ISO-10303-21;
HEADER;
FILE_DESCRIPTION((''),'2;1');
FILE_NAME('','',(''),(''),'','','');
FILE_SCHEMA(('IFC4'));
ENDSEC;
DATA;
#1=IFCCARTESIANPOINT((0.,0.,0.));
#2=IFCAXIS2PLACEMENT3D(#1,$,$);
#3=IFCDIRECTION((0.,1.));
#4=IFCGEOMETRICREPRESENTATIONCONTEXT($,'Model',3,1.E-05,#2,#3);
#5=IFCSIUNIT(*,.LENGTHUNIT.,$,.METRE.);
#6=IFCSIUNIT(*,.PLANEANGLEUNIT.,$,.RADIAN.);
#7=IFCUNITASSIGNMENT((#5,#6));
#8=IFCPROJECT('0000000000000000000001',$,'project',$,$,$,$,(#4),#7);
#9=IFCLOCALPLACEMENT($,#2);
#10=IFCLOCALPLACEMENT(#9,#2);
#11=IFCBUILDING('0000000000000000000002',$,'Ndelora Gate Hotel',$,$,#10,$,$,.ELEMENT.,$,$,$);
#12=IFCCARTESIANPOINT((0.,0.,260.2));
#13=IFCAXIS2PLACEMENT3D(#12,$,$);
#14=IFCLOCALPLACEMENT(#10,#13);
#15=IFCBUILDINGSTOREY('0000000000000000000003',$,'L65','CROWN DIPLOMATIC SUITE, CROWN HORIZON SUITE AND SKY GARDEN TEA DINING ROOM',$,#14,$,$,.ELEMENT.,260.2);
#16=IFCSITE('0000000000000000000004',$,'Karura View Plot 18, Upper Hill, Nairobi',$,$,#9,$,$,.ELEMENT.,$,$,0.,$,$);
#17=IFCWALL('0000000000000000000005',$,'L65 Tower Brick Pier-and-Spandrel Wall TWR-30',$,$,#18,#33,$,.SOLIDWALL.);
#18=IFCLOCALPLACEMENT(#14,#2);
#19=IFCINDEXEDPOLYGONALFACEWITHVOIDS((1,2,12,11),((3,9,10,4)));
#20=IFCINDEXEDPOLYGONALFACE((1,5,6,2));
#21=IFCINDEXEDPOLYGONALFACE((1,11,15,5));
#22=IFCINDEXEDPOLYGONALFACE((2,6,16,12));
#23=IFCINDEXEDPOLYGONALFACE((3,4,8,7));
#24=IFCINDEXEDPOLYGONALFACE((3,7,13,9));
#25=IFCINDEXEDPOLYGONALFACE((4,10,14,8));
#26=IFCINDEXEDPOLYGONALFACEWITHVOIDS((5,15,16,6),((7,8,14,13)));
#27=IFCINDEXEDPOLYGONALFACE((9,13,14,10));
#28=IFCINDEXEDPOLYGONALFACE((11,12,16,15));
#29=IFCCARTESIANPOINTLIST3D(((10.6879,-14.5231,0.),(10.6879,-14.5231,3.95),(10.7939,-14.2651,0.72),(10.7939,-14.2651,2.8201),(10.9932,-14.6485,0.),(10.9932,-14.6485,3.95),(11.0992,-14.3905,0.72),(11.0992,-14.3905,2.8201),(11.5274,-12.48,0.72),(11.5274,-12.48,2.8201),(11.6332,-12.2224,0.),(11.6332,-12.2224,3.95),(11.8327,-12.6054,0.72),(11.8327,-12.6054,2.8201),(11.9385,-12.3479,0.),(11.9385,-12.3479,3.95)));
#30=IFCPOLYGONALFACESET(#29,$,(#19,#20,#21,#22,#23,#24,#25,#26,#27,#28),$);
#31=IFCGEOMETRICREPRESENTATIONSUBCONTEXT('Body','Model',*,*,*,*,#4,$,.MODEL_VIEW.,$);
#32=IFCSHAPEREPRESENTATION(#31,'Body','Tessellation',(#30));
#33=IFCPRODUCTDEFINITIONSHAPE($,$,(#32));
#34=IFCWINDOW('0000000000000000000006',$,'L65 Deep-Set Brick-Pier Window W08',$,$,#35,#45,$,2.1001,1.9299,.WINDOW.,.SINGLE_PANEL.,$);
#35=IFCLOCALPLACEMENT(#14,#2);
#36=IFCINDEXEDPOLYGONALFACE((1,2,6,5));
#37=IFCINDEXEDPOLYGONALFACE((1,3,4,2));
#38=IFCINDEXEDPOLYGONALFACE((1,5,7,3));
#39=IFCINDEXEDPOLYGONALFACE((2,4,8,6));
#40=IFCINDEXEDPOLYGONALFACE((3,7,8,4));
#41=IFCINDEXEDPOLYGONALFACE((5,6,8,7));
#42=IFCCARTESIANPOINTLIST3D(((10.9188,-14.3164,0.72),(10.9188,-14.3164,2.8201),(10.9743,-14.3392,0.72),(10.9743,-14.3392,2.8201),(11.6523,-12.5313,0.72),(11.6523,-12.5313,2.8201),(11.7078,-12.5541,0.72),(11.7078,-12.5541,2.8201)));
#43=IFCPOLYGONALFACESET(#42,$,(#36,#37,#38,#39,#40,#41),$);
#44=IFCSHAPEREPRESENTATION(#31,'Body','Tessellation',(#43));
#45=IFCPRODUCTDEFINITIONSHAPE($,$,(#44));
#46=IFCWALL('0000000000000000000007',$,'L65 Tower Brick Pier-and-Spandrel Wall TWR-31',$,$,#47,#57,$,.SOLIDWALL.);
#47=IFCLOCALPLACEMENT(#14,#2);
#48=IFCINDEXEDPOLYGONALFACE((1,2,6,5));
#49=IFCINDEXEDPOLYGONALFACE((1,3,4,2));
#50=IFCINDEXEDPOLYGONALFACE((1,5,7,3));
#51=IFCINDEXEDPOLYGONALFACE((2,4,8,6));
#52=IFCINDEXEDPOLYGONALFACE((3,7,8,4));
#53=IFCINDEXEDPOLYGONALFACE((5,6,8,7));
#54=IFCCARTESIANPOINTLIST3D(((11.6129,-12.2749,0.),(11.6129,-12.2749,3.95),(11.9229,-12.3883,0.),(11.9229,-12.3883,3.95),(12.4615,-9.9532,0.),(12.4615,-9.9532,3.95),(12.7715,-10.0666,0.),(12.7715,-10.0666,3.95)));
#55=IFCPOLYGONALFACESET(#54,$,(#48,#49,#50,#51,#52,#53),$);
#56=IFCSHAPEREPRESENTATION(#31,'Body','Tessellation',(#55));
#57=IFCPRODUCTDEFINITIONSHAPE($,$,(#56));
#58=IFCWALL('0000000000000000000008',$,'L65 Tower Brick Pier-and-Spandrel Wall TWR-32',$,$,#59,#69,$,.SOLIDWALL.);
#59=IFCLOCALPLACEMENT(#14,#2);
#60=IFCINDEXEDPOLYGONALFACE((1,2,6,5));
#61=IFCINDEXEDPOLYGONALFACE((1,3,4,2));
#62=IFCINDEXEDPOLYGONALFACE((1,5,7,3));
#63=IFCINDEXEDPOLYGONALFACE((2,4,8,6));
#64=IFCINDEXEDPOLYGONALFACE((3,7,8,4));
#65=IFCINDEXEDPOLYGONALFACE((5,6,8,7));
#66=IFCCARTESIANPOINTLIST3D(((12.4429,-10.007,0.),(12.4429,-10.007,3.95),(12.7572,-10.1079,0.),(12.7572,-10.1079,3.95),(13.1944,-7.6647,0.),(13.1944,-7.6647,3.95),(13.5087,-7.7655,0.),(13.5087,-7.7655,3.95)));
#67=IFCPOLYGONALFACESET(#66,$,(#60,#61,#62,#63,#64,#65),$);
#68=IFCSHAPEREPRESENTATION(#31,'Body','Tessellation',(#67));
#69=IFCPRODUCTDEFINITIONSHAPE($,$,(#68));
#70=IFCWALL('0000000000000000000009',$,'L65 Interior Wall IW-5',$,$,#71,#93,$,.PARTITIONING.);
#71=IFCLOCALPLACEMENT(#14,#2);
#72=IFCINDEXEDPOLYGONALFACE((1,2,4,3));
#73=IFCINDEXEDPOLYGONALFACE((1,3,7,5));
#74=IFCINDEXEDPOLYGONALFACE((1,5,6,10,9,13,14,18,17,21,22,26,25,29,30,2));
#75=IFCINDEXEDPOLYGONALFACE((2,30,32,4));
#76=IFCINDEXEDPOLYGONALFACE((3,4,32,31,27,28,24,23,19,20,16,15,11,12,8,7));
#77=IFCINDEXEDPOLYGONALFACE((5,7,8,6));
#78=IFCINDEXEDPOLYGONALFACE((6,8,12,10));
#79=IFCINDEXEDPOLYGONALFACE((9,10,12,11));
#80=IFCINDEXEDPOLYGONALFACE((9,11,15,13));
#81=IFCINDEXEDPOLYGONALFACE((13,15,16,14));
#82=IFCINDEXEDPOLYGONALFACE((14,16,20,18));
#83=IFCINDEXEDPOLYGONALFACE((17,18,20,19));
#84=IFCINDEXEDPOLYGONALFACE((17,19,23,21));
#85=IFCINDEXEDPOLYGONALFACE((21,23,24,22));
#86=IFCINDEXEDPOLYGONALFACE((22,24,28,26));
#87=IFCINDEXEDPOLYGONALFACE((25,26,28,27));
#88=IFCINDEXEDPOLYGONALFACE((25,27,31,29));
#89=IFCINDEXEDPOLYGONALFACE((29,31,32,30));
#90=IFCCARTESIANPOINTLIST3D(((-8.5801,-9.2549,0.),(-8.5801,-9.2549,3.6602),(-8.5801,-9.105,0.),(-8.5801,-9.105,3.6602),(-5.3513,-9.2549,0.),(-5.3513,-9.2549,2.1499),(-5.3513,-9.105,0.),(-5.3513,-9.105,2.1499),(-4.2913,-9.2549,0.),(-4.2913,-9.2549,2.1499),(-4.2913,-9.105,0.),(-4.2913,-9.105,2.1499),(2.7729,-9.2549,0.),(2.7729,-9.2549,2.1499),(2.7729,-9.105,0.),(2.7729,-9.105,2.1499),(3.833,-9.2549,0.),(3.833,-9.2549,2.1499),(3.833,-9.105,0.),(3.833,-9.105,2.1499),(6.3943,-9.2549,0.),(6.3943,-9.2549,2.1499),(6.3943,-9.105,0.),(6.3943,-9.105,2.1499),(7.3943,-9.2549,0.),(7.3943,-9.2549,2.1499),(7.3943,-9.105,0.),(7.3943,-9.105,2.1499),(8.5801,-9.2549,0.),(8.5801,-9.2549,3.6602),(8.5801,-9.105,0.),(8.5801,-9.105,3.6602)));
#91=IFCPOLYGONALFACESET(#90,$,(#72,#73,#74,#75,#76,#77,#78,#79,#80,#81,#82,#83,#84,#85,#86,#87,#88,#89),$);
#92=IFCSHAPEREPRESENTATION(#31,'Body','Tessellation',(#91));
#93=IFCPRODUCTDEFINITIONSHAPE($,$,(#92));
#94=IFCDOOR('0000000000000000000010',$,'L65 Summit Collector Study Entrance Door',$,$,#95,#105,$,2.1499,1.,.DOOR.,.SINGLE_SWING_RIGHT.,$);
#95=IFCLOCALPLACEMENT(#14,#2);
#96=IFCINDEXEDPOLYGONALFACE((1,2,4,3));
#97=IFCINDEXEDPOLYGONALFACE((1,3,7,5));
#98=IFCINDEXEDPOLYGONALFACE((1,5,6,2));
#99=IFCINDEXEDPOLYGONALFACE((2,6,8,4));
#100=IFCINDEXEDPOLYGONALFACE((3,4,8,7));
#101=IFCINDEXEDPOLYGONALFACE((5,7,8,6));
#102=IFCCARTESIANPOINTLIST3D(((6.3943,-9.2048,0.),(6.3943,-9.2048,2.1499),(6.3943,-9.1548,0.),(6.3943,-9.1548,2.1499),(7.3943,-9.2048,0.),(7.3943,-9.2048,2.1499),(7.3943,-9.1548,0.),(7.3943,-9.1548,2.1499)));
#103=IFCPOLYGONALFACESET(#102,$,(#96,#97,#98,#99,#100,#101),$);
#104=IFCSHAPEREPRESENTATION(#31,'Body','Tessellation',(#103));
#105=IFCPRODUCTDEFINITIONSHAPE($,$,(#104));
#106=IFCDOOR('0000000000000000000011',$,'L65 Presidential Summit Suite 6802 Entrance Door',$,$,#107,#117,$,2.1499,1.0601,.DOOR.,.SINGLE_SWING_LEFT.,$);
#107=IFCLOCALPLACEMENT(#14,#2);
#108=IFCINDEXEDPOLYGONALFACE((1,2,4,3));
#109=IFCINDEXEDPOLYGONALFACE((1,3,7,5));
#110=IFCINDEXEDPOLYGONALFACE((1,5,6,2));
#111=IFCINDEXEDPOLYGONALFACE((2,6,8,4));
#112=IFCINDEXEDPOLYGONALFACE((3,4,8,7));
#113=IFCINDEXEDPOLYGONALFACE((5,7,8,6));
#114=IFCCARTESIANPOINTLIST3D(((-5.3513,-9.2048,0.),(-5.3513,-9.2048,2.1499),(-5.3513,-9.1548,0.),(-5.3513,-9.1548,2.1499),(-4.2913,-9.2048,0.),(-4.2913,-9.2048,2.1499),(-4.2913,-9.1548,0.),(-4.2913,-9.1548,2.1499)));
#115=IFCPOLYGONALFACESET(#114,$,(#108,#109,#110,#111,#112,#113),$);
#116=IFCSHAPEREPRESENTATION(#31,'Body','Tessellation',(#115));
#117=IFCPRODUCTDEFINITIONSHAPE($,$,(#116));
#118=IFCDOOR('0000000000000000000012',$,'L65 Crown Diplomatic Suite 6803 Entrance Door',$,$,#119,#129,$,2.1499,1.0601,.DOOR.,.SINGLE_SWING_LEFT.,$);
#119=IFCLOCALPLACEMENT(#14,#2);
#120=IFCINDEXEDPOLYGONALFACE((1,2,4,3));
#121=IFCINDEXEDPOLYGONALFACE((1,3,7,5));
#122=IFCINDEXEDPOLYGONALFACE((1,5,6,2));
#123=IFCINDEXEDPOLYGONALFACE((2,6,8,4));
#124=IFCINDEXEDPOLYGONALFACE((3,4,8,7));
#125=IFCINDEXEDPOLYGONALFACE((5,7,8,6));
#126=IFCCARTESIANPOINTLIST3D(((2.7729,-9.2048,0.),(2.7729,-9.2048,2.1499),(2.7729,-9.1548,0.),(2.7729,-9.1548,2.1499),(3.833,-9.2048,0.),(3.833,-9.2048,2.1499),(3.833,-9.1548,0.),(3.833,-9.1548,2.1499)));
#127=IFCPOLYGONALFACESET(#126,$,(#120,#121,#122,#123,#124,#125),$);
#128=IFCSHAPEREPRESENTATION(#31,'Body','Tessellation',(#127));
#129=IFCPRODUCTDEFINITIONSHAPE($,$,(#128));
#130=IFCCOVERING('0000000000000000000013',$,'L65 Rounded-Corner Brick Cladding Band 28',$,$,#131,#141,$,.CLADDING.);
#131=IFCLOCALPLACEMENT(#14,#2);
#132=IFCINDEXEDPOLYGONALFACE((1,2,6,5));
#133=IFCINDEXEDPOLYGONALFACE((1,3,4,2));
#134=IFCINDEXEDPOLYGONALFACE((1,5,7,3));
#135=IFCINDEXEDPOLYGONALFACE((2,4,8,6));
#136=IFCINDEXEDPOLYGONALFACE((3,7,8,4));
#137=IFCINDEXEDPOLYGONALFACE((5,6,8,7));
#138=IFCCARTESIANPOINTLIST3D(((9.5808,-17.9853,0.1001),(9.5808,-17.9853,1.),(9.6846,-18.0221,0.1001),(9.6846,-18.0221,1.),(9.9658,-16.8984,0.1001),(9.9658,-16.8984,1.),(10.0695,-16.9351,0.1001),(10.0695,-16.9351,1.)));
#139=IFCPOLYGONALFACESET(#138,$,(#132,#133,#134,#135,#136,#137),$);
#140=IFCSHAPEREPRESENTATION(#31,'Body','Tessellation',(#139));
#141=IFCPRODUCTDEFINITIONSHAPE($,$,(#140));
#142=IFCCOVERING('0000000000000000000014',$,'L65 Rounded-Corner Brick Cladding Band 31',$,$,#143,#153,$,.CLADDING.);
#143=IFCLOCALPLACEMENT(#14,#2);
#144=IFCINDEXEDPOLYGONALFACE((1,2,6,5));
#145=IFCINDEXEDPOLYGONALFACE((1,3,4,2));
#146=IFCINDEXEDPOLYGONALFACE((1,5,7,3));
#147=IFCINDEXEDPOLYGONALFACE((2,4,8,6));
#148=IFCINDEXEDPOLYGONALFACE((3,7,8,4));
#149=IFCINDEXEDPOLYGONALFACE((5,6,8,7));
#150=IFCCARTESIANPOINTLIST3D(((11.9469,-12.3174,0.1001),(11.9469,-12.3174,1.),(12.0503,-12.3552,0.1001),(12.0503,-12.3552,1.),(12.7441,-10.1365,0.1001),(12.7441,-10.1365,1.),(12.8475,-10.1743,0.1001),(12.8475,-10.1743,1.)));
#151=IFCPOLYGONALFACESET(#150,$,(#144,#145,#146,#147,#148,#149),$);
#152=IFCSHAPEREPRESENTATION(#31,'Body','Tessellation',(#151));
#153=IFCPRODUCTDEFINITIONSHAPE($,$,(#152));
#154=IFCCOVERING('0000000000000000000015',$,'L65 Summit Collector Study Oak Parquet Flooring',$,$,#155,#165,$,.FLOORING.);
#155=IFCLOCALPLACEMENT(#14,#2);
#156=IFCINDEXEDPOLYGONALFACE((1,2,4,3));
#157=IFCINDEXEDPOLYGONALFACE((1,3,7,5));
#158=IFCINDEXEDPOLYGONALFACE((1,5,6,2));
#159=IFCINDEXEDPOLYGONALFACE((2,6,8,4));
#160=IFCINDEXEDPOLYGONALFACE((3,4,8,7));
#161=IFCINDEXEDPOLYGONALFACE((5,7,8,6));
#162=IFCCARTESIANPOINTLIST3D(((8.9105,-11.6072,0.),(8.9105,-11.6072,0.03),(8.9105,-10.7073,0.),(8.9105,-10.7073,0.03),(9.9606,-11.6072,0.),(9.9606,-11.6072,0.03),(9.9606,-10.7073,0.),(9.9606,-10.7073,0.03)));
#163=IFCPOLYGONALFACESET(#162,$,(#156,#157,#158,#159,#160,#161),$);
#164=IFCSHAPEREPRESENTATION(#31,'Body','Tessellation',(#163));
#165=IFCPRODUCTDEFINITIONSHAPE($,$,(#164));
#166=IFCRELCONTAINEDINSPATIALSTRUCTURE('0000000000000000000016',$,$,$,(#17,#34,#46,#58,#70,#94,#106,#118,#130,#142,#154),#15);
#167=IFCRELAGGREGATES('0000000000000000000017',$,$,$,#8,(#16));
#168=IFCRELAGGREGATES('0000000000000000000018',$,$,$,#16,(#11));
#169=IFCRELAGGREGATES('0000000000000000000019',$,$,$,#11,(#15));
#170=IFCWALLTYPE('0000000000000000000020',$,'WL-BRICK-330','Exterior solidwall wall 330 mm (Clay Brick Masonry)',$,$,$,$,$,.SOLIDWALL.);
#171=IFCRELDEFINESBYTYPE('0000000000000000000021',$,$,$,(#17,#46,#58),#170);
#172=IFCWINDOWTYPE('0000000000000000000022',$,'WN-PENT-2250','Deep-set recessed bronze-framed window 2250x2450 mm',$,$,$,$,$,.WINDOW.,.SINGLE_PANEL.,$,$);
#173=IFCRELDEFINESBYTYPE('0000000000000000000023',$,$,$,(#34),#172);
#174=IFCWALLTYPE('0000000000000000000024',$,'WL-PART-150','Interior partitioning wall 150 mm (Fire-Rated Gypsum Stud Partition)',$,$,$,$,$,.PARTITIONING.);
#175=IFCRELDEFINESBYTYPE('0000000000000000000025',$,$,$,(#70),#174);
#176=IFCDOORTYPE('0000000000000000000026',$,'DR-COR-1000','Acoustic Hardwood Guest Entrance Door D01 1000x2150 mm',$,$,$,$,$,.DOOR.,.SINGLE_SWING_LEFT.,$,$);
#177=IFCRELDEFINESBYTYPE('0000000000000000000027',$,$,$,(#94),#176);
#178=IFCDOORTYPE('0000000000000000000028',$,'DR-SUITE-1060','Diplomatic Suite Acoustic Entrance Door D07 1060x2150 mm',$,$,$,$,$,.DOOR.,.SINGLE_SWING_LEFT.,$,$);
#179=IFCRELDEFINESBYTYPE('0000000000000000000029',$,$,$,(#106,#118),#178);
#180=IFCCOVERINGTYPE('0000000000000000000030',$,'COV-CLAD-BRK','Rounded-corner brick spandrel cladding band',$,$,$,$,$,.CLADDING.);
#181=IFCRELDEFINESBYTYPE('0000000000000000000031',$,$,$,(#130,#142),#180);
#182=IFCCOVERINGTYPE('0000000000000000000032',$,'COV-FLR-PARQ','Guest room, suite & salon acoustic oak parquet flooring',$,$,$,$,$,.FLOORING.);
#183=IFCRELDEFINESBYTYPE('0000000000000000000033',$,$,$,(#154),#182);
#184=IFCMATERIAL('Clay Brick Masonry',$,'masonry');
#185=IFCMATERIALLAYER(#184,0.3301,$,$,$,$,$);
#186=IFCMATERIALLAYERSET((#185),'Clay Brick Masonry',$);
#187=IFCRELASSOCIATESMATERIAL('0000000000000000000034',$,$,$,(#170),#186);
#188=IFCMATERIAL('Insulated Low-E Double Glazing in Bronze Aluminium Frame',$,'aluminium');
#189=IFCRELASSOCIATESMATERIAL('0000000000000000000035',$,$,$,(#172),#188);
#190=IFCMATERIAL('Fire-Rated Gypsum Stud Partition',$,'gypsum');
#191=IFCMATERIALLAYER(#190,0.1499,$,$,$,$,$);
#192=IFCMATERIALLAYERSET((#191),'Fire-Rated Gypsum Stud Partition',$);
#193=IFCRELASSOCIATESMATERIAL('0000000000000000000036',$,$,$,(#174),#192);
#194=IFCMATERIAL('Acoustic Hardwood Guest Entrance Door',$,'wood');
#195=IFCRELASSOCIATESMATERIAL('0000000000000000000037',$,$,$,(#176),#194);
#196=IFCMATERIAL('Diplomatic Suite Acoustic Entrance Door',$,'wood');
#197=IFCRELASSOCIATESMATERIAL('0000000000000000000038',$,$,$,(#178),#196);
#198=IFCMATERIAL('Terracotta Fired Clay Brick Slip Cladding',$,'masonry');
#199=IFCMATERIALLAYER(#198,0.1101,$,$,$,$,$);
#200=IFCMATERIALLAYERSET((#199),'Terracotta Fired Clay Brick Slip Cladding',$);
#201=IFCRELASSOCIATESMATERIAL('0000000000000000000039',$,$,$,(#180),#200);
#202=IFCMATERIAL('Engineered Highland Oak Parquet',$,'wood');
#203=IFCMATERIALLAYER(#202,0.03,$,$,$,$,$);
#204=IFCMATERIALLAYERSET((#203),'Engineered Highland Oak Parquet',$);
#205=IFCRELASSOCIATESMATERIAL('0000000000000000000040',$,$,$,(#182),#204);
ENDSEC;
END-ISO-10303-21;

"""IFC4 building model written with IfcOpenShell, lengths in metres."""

from ifc_helpers import new_model, si_unit, direction, frame, frame_2d, origin, origin_2d, place, context, subcontext, project, spatial, rectangle, extrude, material, layer, layer_set, type_object, element, fill, save


model = new_model("IFC4")

# Units and contexts
model_context = context("Model", 3, precision=1e-05, world=origin(), true_north=direction((0.0, 1.0)))
body_context = subcontext(model_context, "Body", "Model", "MODEL_VIEW")
ifc_project = project(units=[si_unit("LENGTHUNIT", "METRE"), si_unit("PLANEANGLEUNIT", "RADIAN")], contexts=[model_context])

# Site, building, storey
site_placement = place(None, origin())
site = spatial("IfcSite", under=ifc_project, at=site_placement, Name="Karura View Plot 18, Upper Hill, Nairobi", CompositionType="ELEMENT", RefElevation=0.0)
building_placement = place(site_placement, origin())
building = spatial("IfcBuilding", under=site, at=building_placement, Name="Ndelora Gate Hotel", CompositionType="ELEMENT")
storey_placement = place(building_placement, frame((0.0, 0.0, 260.2)))
storey = spatial("IfcBuildingStorey", under=building, at=storey_placement, Name="L65", Description="CROWN DIPLOMATIC SUITE, CROWN HORIZON SUITE AND SKY GARDEN TEA DINING ROOM", CompositionType="ELEMENT", Elevation=260.2)

# Shared definitions
ifc_material_1 = material(Name="Clay Brick Masonry", Category="masonry")
ifc_layer_1 = layer(ifc_material_1, 0.3301)
ifc_layer_set_1 = layer_set([ifc_layer_1], Name="Clay Brick Masonry")
wall_type_1 = type_object("IfcWallType", Name="WL-BRICK-330", Description="Exterior solidwall wall 330 mm (Clay Brick Masonry)", PredefinedType="SOLIDWALL", material=ifc_layer_set_1)

# Wall, opening, window
wall_1_placement = place(storey_placement, frame((11.7859, -12.2852, 0.0), z_axis=(0.0, 0.0, 1.0), x_axis=(-0.380073, -0.924956, 0.0)))
wall_1 = element("IfcWall", 1, at=wall_1_placement, inside=storey, type_object=wall_type_1, Name="L65 Tower Brick Pier-and-Spandrel Wall TWR-30", PredefinedType="SOLIDWALL", context=body_context, shape_type="SweptSolid", body=[
    extrude(rectangle(XDim=2.4873, YDim=0.3301, at=frame_2d((1.2437, 0.0))), origin(), (0.0, 0.0, 1.0), 3.95),
])
opening_1_placement = place(wall_1_placement, frame((0.2786, 0.0, 0.72)))
opening_1 = element("IfcOpeningElement", 2, at=opening_1_placement, cuts=wall_1, PredefinedType="OPENING", context=body_context, shape_type="SweptSolid", body=[
    extrude(rectangle(XDim=1.9299, YDim=2.1001, at=frame_2d((0.9648, 1.05))), frame((0.0, 0.175, 0.0), z_axis=(0.0, -1.0, 0.0), x_axis=(1.0, 0.0, 0.0)), (0.0, 0.0, 1.0), 0.3501),
])
ifc_material_2 = material(Name="Insulated Low-E Double Glazing in Bronze Aluminium Frame", Category="aluminium")
window_type = type_object("IfcWindowType", Name="WN-PENT-2250", Description="Deep-set recessed bronze-framed window 2250x2450 mm", PartitioningType="SINGLE_PANEL", PredefinedType="WINDOW", material=ifc_material_2)
window_placement = place(opening_1_placement, origin())
window = element("IfcWindow", 3, at=window_placement, inside=storey, type_object=window_type, Name="L65 Deep-Set Brick-Pier Window W08", OverallHeight=2.1001, OverallWidth=1.9299, PartitioningType="SINGLE_PANEL", PredefinedType="WINDOW", context=body_context, shape_type="SweptSolid", body=[
    extrude(rectangle(XDim=1.9299, YDim=2.1001, at=frame_2d((0.9648, 1.05))), frame((0.0, 0.03, 0.0), z_axis=(0.0, -1.0, 0.0), x_axis=(1.0, 0.0, 0.0)), (0.0, 0.0, 1.0), 0.0601),
])
fill(opening_1, window)

# Walls
wall_2_placement = place(storey_placement, frame((12.6165, -10.01, 0.0), z_axis=(0.0, 0.0, 1.0), x_axis=(-0.343297, -0.939227, 0.0)))
element("IfcWall", 4, at=wall_2_placement, inside=storey, type_object=wall_type_1, Name="L65 Tower Brick Pier-and-Spandrel Wall TWR-31", PredefinedType="SOLIDWALL", context=body_context, shape_type="SweptSolid", body=[
    extrude(rectangle(XDim=2.4719, YDim=0.3301, at=frame_2d((1.2358, 0.0))), origin(), (0.0, 0.0, 1.0), 3.95),
])
wall_3_placement = place(storey_placement, frame((13.3516, -7.7151, 0.0), z_axis=(0.0, 0.0, 1.0), x_axis=(-0.305489, -0.952196, 0.0)))
element("IfcWall", 5, at=wall_3_placement, inside=storey, type_object=wall_type_1, Name="L65 Tower Brick Pier-and-Spandrel Wall TWR-32", PredefinedType="SOLIDWALL", context=body_context, shape_type="SweptSolid", body=[
    extrude(rectangle(XDim=2.46, YDim=0.3301, at=frame_2d((1.23, 0.0))), origin(), (0.0, 0.0, 1.0), 3.95),
])

# Wall, openings, doors
ifc_material_3 = material(Name="Fire-Rated Gypsum Stud Partition", Category="gypsum")
ifc_layer_2 = layer(ifc_material_3, 0.1499)
ifc_layer_set_2 = layer_set([ifc_layer_2], Name="Fire-Rated Gypsum Stud Partition")
wall_type_2 = type_object("IfcWallType", Name="WL-PART-150", Description="Interior partitioning wall 150 mm (Fire-Rated Gypsum Stud Partition)", PredefinedType="PARTITIONING", material=ifc_layer_set_2)
wall_4_placement = place(storey_placement, frame((8.5801, -9.1799, 0.0), z_axis=(0.0, 0.0, 1.0), x_axis=(-1.0, 0.0, 0.0)))
wall_4 = element("IfcWall", 6, at=wall_4_placement, inside=storey, type_object=wall_type_2, Name="L65 Interior Wall IW-5", PredefinedType="PARTITIONING", context=body_context, shape_type="SweptSolid", body=[
    extrude(rectangle(XDim=17.1602, YDim=0.1499, at=frame_2d((8.5801, 0.0))), origin(), (0.0, 0.0, 1.0), 3.6602),
])
opening_2_placement = place(wall_4_placement, frame((12.8713, 0.0, 0.0)))
opening_2 = element("IfcOpeningElement", 7, at=opening_2_placement, cuts=wall_4, PredefinedType="OPENING", context=body_context, shape_type="SweptSolid", body=[
    extrude(rectangle(XDim=1.0601, YDim=2.1499, at=frame_2d((0.53, 1.075))), frame((0.0, 0.085, 0.0), z_axis=(0.0, -1.0, 0.0), x_axis=(1.0, 0.0, 0.0)), (0.0, 0.0, 1.0), 0.1699),
])
opening_3_placement = place(wall_4_placement, frame((1.1858, 0.0, 0.0)))
opening_3 = element("IfcOpeningElement", 8, at=opening_3_placement, cuts=wall_4, PredefinedType="OPENING", context=body_context, shape_type="SweptSolid", body=[
    extrude(rectangle(XDim=1.0, YDim=2.1499, at=frame_2d((0.5, 1.075))), frame((0.0, 0.085, 0.0), z_axis=(0.0, -1.0, 0.0), x_axis=(1.0, 0.0, 0.0)), (0.0, 0.0, 1.0), 0.1699),
])
opening_4_placement = place(wall_4_placement, frame((4.7471, 0.0, 0.0)))
opening_4 = element("IfcOpeningElement", 9, at=opening_4_placement, cuts=wall_4, PredefinedType="OPENING", context=body_context, shape_type="SweptSolid", body=[
    extrude(rectangle(XDim=1.0601, YDim=2.1499, at=frame_2d((0.53, 1.075))), frame((0.0, 0.085, 0.0), z_axis=(0.0, -1.0, 0.0), x_axis=(1.0, 0.0, 0.0)), (0.0, 0.0, 1.0), 0.1699),
])
ifc_material_4 = material(Name="Acoustic Hardwood Guest Entrance Door", Category="wood")
door_type_1 = type_object("IfcDoorType", Name="DR-COR-1000", Description="Acoustic Hardwood Guest Entrance Door D01 1000x2150 mm", OperationType="SINGLE_SWING_LEFT", PredefinedType="DOOR", material=ifc_material_4)
door_1_placement = place(opening_3_placement, origin())
door_1 = element("IfcDoor", 10, at=door_1_placement, inside=storey, type_object=door_type_1, Name="L65 Summit Collector Study Entrance Door", OperationType="SINGLE_SWING_RIGHT", OverallHeight=2.1499, OverallWidth=1.0, PredefinedType="DOOR", context=body_context, shape_type="SweptSolid", body=[
    extrude(rectangle(XDim=1.0, YDim=2.1499, at=frame_2d((0.5, 1.075))), frame((0.0, 0.0249, 0.0), z_axis=(0.0, -1.0, 0.0), x_axis=(1.0, 0.0, 0.0)), (0.0, 0.0, 1.0), 0.05),
])
fill(opening_3, door_1)
ifc_material_5 = material(Name="Diplomatic Suite Acoustic Entrance Door", Category="wood")
door_type_2 = type_object("IfcDoorType", Name="DR-SUITE-1060", Description="Diplomatic Suite Acoustic Entrance Door D07 1060x2150 mm", OperationType="SINGLE_SWING_LEFT", PredefinedType="DOOR", material=ifc_material_5)
door_2_placement = place(opening_2_placement, origin())
door_2 = element("IfcDoor", 11, at=door_2_placement, inside=storey, type_object=door_type_2, Name="L65 Presidential Summit Suite 6802 Entrance Door", OperationType="SINGLE_SWING_LEFT", OverallHeight=2.1499, OverallWidth=1.0601, PredefinedType="DOOR", context=body_context, shape_type="SweptSolid", body=[
    extrude(rectangle(XDim=1.0601, YDim=2.1499, at=frame_2d((0.53, 1.075))), frame((0.0, 0.0249, 0.0), z_axis=(0.0, -1.0, 0.0), x_axis=(1.0, 0.0, 0.0)), (0.0, 0.0, 1.0), 0.05),
])
fill(opening_2, door_2)
door_3_placement = place(opening_4_placement, origin())
door_3 = element("IfcDoor", 12, at=door_3_placement, inside=storey, type_object=door_type_2, Name="L65 Crown Diplomatic Suite 6803 Entrance Door", OperationType="SINGLE_SWING_LEFT", OverallHeight=2.1499, OverallWidth=1.0601, PredefinedType="DOOR", context=body_context, shape_type="SweptSolid", body=[
    extrude(rectangle(XDim=1.0601, YDim=2.1499, at=frame_2d((0.53, 1.075))), frame((0.0, 0.0249, 0.0), z_axis=(0.0, -1.0, 0.0), x_axis=(1.0, 0.0, 0.0)), (0.0, 0.0, 1.0), 0.05),
])
fill(opening_4, door_3)

# Coverings
ifc_material_6 = material(Name="Terracotta Fired Clay Brick Slip Cladding", Category="masonry")
ifc_layer_3 = layer(ifc_material_6, 0.1101)
ifc_layer_set_3 = layer_set([ifc_layer_3], Name="Terracotta Fired Clay Brick Slip Cladding")
covering_type_1 = type_object("IfcCoveringType", Name="COV-CLAD-BRK", Description="Rounded-corner brick spandrel cladding band", PredefinedType="CLADDING", material=ifc_layer_set_3)
covering_1_placement = place(storey_placement, frame((9.8252, -17.4602, 0.1001), z_axis=(0.0, 0.0, 1.0), x_axis=(0.333807, 0.942641, 0.0)))
element("IfcCovering", 13, at=covering_1_placement, inside=storey, type_object=covering_type_1, Name="L65 Rounded-Corner Brick Cladding Band 28", PredefinedType="CLADDING", context=body_context, shape_type="SweptSolid", body=[
    extrude(rectangle(XDim=1.1531, YDim=0.1101, at=origin_2d()), origin(), (0.0, 0.0, 1.0), 0.8999),
])
covering_2_placement = place(storey_placement, frame((12.3972, -11.2458, 0.1001), z_axis=(0.0, 0.0, 1.0), x_axis=(0.343332, 0.939214, 0.0)))
element("IfcCovering", 14, at=covering_2_placement, inside=storey, type_object=covering_type_1, Name="L65 Rounded-Corner Brick Cladding Band 31", PredefinedType="CLADDING", context=body_context, shape_type="SweptSolid", body=[
    extrude(rectangle(XDim=2.322, YDim=0.1101, at=origin_2d()), origin(), (0.0, 0.0, 1.0), 0.8999),
])
ifc_material_7 = material(Name="Engineered Highland Oak Parquet", Category="wood")
ifc_layer_4 = layer(ifc_material_7, 0.03)
ifc_layer_set_4 = layer_set([ifc_layer_4], Name="Engineered Highland Oak Parquet")
covering_type_2 = type_object("IfcCoveringType", Name="COV-FLR-PARQ", Description="Guest room, suite & salon acoustic oak parquet flooring", PredefinedType="FLOORING", material=ifc_layer_set_4)
covering_3_placement = place(storey_placement, frame((9.4355, -11.1572, 0.0), z_axis=(0.0, 0.0, 1.0), x_axis=(1.0, 0.0, 0.0)))
element("IfcCovering", 15, at=covering_3_placement, inside=storey, type_object=covering_type_2, Name="L65 Summit Collector Study Oak Parquet Flooring", PredefinedType="FLOORING", context=body_context, shape_type="SweptSolid", body=[
    extrude(rectangle(XDim=1.05, YDim=0.8999, at=origin_2d()), origin(), (0.0, 0.0, 1.0), 0.03),
])

save(model, "model.ifc")
